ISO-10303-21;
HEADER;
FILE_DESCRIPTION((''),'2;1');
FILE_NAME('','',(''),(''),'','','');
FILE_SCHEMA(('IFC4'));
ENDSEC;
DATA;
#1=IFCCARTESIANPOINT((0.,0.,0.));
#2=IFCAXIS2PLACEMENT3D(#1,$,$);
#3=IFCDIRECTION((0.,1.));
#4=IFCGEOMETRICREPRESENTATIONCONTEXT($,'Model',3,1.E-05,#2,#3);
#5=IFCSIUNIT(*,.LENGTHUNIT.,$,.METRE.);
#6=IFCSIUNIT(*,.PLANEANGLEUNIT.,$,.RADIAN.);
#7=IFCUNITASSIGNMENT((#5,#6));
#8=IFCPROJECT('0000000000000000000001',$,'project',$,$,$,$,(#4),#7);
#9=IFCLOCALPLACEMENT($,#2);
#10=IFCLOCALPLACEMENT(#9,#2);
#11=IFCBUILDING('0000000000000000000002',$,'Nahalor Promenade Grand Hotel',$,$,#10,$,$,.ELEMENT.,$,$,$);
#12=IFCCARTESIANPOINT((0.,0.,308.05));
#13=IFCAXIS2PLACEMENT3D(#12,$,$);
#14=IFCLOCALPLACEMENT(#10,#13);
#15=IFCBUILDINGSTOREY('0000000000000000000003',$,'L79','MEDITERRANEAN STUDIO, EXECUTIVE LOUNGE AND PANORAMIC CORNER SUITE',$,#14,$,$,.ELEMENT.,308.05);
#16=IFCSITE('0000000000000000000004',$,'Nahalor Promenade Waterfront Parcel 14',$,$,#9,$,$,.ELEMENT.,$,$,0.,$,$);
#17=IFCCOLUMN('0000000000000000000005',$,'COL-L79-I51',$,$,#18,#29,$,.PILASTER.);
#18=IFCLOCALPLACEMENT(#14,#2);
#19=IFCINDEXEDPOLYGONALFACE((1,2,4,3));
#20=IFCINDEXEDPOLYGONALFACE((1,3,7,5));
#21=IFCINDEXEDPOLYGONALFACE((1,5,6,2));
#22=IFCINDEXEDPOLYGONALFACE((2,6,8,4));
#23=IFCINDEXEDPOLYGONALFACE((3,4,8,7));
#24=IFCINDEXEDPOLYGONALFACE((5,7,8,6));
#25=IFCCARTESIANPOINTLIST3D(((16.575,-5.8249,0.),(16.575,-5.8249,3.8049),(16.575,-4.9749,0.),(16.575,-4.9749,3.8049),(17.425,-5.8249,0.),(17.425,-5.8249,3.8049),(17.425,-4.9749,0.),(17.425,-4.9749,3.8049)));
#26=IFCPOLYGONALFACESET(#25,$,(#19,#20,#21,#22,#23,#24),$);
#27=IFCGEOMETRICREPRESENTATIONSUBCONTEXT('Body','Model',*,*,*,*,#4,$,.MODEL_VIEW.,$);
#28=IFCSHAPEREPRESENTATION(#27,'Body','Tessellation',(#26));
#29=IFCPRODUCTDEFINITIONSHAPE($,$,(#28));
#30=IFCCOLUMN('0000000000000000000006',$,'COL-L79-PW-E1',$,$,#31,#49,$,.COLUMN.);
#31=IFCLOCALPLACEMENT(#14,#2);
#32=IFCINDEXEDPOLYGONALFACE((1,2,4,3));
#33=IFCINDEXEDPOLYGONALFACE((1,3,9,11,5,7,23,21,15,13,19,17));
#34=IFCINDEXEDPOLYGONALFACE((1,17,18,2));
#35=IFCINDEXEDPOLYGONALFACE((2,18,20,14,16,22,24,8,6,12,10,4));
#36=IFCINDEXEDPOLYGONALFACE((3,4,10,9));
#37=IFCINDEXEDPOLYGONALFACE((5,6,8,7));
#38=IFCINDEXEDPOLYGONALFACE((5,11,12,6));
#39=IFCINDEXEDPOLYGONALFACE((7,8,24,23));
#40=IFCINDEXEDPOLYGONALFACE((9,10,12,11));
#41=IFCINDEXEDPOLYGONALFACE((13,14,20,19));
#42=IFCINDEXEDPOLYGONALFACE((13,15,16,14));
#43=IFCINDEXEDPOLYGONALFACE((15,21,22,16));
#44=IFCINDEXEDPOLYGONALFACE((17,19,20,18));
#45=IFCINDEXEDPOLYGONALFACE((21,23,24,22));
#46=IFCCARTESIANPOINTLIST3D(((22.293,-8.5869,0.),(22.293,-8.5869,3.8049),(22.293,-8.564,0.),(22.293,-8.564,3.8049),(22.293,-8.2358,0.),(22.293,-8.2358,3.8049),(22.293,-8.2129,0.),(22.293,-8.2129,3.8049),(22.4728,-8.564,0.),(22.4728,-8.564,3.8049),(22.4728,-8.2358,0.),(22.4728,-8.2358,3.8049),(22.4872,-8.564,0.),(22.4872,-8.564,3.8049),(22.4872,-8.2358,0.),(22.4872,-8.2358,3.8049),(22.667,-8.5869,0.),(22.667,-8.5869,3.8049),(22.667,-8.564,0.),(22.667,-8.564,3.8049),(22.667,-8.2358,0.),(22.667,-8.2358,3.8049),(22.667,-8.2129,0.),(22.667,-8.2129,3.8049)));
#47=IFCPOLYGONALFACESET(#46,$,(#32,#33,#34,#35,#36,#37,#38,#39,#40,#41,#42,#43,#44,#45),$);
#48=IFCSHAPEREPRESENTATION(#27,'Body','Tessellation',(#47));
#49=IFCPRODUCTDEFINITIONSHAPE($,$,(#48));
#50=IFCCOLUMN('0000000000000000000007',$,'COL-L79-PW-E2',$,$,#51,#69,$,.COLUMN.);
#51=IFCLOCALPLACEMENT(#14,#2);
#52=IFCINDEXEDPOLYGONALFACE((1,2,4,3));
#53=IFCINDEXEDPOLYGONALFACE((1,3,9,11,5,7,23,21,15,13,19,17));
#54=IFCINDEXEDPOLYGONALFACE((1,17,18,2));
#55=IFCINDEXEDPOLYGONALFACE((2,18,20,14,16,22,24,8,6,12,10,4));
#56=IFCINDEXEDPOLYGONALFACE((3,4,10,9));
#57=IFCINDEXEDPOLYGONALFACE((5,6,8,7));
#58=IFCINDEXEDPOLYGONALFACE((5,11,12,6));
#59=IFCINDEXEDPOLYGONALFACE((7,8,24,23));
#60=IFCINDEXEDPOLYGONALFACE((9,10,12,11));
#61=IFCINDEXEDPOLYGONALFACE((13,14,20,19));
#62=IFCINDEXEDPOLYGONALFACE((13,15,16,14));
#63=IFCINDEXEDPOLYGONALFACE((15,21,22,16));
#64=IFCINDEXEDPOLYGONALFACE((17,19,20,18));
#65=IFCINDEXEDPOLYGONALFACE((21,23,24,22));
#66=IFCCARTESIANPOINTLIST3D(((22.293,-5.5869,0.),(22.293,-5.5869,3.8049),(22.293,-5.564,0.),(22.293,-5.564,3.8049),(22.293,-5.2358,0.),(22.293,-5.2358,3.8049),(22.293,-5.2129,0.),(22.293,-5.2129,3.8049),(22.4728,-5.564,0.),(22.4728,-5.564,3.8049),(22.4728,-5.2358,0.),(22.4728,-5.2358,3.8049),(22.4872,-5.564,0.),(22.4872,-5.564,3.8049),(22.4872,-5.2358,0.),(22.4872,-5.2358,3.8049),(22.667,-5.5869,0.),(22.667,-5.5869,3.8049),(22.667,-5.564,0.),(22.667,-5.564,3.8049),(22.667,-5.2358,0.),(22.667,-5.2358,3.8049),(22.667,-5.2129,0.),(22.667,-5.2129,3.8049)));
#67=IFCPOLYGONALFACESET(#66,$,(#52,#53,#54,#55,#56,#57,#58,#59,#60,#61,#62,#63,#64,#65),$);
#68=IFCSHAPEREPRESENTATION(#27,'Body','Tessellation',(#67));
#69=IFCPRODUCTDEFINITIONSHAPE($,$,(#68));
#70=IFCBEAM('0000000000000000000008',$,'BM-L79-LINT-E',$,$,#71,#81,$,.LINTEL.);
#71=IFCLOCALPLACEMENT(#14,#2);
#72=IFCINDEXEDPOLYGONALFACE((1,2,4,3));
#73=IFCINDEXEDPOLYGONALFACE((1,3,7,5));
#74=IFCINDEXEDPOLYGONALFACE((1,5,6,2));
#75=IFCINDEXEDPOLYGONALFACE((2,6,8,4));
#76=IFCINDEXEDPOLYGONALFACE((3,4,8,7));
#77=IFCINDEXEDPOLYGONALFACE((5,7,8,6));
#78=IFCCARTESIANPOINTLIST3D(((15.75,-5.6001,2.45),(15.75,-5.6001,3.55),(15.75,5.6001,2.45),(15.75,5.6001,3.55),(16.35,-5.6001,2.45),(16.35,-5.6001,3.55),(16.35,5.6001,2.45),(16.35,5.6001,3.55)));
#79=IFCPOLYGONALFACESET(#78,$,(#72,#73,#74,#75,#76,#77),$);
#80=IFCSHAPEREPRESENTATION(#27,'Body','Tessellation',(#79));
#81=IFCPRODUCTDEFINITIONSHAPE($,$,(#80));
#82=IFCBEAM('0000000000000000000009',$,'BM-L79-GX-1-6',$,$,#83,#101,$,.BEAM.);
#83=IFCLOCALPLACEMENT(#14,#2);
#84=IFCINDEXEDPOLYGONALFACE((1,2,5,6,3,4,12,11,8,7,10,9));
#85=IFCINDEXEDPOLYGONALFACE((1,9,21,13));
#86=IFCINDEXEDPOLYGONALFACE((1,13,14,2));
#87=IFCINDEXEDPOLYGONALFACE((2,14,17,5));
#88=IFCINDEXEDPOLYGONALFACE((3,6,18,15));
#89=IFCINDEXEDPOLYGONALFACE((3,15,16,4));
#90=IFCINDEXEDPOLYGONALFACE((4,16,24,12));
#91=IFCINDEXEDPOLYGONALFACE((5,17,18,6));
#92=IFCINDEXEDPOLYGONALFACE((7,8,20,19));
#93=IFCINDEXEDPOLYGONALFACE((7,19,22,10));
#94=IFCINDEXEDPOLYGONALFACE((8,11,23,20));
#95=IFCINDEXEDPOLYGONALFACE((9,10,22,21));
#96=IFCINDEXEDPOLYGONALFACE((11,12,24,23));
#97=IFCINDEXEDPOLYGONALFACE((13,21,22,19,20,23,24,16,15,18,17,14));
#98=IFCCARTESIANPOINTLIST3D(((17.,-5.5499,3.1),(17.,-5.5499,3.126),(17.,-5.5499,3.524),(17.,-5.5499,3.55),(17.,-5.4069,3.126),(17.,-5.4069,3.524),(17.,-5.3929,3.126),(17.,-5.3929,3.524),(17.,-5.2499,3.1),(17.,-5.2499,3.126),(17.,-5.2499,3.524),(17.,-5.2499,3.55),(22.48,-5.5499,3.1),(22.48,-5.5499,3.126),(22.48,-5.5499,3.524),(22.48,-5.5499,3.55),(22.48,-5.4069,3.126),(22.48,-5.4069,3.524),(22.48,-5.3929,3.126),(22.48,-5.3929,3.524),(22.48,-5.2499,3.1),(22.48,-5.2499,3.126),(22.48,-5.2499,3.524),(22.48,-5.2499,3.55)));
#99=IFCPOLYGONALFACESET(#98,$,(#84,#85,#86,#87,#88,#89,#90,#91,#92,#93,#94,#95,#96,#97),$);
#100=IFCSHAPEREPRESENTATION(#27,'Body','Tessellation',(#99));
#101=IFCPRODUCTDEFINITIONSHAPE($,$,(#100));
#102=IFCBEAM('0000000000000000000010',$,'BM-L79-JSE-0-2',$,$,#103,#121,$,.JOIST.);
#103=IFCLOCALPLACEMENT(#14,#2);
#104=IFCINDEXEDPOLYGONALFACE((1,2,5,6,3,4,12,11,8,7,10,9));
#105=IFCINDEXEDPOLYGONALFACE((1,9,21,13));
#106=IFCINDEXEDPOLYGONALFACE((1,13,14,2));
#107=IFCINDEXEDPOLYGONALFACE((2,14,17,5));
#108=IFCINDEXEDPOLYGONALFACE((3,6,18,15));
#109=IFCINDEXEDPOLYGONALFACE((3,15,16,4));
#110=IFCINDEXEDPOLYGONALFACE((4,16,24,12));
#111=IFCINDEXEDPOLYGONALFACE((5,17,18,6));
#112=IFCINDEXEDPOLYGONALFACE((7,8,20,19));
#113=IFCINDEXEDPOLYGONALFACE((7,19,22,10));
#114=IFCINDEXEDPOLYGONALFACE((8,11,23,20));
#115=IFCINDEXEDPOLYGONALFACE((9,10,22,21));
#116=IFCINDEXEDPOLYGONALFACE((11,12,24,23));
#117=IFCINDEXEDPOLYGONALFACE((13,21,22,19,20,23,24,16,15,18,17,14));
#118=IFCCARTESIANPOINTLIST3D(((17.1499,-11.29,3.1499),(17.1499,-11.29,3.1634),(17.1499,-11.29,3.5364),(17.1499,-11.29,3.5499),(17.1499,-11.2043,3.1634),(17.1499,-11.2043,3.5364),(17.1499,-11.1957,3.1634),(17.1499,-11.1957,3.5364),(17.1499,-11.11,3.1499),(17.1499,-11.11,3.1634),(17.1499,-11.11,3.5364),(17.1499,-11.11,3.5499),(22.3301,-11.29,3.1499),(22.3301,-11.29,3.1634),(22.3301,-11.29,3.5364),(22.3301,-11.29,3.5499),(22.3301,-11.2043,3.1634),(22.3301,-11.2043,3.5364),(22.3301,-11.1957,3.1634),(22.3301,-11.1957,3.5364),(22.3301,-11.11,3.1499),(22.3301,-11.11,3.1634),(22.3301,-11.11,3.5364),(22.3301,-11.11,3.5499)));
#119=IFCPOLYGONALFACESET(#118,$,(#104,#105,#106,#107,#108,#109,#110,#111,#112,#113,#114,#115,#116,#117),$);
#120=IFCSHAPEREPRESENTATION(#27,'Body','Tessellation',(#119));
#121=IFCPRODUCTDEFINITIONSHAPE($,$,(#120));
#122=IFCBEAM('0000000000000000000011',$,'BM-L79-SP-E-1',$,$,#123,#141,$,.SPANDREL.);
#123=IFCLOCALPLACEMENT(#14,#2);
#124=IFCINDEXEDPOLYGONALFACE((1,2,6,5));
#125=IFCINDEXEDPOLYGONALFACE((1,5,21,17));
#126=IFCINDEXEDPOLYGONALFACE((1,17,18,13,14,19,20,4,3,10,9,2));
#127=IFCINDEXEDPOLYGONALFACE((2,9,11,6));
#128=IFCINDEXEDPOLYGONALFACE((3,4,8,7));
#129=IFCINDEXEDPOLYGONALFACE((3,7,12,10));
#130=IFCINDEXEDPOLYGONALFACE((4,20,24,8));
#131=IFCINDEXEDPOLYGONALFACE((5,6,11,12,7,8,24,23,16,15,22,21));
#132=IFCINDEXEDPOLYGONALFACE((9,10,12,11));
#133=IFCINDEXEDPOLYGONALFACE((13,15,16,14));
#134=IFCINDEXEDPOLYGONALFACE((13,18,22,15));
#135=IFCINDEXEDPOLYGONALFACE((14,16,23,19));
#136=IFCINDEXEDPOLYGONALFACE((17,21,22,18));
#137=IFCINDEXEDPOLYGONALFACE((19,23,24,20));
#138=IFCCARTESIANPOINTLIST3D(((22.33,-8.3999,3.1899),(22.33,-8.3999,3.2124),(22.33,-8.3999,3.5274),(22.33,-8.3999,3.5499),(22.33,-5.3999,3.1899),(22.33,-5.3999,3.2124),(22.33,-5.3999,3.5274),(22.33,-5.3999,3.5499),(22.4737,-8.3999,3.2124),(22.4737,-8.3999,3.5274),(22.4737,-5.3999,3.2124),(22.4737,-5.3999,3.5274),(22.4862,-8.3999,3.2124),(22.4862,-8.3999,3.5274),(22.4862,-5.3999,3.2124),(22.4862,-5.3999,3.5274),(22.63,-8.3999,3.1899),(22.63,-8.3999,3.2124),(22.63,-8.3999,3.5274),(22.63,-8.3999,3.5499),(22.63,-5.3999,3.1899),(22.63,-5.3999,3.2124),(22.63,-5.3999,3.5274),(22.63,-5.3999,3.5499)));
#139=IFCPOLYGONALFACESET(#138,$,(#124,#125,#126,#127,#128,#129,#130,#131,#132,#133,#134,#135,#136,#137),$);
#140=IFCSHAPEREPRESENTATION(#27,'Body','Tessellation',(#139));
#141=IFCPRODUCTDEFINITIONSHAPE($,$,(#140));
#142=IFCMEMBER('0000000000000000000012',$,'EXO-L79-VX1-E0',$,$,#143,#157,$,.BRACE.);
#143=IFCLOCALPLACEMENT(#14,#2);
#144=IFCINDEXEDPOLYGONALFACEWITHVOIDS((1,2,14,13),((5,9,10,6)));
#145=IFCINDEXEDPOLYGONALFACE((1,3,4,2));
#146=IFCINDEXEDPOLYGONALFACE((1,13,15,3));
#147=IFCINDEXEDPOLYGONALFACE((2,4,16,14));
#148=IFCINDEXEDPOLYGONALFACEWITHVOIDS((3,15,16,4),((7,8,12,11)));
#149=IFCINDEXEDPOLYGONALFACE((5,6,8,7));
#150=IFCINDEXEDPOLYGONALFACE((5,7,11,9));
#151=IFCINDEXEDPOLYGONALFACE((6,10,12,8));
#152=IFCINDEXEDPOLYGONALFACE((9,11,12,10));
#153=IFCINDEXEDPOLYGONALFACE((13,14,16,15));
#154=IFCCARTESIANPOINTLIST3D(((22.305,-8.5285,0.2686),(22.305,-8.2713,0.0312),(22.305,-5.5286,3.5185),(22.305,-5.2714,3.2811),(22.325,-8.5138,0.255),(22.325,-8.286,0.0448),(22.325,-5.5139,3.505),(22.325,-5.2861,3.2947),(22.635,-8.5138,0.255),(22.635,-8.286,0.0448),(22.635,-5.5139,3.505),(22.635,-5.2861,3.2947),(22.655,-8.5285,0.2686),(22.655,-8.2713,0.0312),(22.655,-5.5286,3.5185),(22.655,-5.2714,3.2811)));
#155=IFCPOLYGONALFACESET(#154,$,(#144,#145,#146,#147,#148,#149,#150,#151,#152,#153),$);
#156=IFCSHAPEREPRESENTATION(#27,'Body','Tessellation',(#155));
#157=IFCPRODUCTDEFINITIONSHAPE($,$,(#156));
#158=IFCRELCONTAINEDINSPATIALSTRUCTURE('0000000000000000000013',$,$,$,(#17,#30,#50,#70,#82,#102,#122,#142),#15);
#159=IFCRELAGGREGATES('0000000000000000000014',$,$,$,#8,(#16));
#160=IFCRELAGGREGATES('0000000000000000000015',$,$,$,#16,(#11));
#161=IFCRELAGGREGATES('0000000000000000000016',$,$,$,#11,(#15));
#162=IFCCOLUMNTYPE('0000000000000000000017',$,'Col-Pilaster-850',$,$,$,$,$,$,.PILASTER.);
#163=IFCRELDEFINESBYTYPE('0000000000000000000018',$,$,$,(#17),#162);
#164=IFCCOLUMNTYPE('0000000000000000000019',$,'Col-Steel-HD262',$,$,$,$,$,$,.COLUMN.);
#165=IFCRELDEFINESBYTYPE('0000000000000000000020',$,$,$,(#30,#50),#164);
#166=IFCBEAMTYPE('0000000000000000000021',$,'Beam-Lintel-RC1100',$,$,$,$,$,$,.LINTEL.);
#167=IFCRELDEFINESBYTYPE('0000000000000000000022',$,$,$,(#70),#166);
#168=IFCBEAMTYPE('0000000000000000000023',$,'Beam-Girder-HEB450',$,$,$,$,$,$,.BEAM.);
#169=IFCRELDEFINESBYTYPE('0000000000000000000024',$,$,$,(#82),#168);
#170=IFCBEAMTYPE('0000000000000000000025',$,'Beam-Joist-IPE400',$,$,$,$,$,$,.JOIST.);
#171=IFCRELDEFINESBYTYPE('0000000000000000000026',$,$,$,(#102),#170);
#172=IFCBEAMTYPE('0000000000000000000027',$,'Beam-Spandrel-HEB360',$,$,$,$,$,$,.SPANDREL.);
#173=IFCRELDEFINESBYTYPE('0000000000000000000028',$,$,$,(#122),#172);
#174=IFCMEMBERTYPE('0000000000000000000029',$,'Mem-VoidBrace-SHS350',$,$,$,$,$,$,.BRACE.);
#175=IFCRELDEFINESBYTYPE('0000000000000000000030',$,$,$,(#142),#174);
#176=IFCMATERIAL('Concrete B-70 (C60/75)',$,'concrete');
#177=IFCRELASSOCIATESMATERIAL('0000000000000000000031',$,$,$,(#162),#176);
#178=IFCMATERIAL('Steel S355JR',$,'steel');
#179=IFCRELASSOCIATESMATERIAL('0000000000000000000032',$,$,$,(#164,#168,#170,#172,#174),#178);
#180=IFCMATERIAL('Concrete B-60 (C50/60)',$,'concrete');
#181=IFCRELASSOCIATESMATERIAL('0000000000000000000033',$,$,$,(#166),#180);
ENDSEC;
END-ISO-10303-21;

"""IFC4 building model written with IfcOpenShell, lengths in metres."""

from ifc_helpers import new_model, si_unit, direction, frame, origin, origin_2d, place, context, subcontext, project, spatial, rectangle, hollow_rectangle, i_section, extrude, source, transform, mapped, material, material_profile, profile_set, type_object, element, save


model = new_model("IFC4")

# Units and contexts
model_context = context("Model", 3, precision=1e-05, world=origin(), true_north=direction((0.0, 1.0)))
body_context = subcontext(model_context, "Body", "Model", "MODEL_VIEW")
ifc_project = project(units=[si_unit("LENGTHUNIT", "METRE"), si_unit("PLANEANGLEUNIT", "RADIAN")], contexts=[model_context])

# Site, building, storey
site_placement = place(None, origin())
site = spatial("IfcSite", under=ifc_project, at=site_placement, Name="Nahalor Promenade Waterfront Parcel 14", CompositionType="ELEMENT", RefElevation=0.0)
building_placement = place(site_placement, origin())
building = spatial("IfcBuilding", under=site, at=building_placement, Name="Nahalor Promenade Grand Hotel", CompositionType="ELEMENT")
storey_placement = place(building_placement, frame((0.0, 0.0, 308.05)))
storey = spatial("IfcBuildingStorey", under=building, at=storey_placement, Name="L79", Description="MEDITERRANEAN STUDIO, EXECUTIVE LOUNGE AND PANORAMIC CORNER SUITE", CompositionType="ELEMENT", Elevation=308.05)

# Columns
ifc_material_1 = material(Name="Concrete B-70 (C60/75)", Category="concrete")
ifc_material_profile_1 = material_profile(ifc_material_1, rectangle(XDim=0.85, YDim=0.85, at=origin_2d()), Name="RC 850x850")
ifc_profile_set_1 = profile_set([ifc_material_profile_1], Name="Concrete B-70 (C60/75)")
column_type_1 = type_object("IfcColumnType", Name="Col-Pilaster-850", PredefinedType="PILASTER", material=ifc_profile_set_1)
shared_shape_1 = source(origin(), body_context, "Body", "SweptSolid", [
    extrude(rectangle(XDim=0.85, YDim=0.85, at=origin_2d()), origin(), (0.0, 0.0, 1.0), 3.8049),
])
column_placement = place(storey_placement, frame((17.0, -5.3999, 0.0), z_axis=(0.0, 0.0, 1.0), x_axis=(1.0, 0.0, 0.0)))
element("IfcColumn", 1, at=column_placement, inside=storey, type_object=column_type_1, Name="COL-L79-I51", PredefinedType="PILASTER", context=body_context, shape_type="MappedRepresentation", body=[
    mapped(shared_shape_1, transform((0.0, 0.0, 0.0), scale=1.0)),
])
ifc_material_2 = material(Name="Steel S355JR", Category="steel")
ifc_material_profile_2 = material_profile(ifc_material_2, i_section(OverallWidth=0.374, OverallDepth=0.374, WebThickness=0.0144, FlangeThickness=0.0229, at=origin_2d()), Name="HD 360x262")
ifc_profile_set_2 = profile_set([ifc_material_profile_2], Name="Steel S355JR")
column_type_2 = type_object("IfcColumnType", Name="Col-Steel-HD262", PredefinedType="COLUMN", material=ifc_profile_set_2)
shared_shape_2 = source(origin(), body_context, "Body", "SweptSolid", [
    extrude(i_section(OverallWidth=0.374, OverallDepth=0.374, WebThickness=0.0144, FlangeThickness=0.0229, at=origin_2d()), origin(), (0.0, 0.0, 1.0), 3.8049),
])
for number, where, z_axis, x_axis, name in (
    (2, (22.48, -8.3999, 0.0), (0.0, 0.0, 1.0), (1.0, 0.0, 0.0), "COL-L79-PW-E1"),
    (3, (22.48, -5.3999, 0.0), (0.0, 0.0, 1.0), (1.0, 0.0, 0.0), "COL-L79-PW-E2"),
):
    element("IfcColumn", number, at=place(storey_placement, frame(where, z_axis=z_axis, x_axis=x_axis)), inside=storey, type_object=column_type_2, Name=name, PredefinedType="COLUMN", context=body_context, shape_type="MappedRepresentation", body=[
        mapped(shared_shape_2, transform((0.0, 0.0, 0.0), scale=1.0)),
    ])

# Beams
ifc_material_3 = material(Name="Concrete B-60 (C50/60)", Category="concrete")
ifc_material_profile_3 = material_profile(ifc_material_3, rectangle(XDim=0.6, YDim=1.1, at=origin_2d()), Name="RC 600x1100")
ifc_profile_set_3 = profile_set([ifc_material_profile_3], Name="Concrete B-60 (C50/60)")
beam_type_1 = type_object("IfcBeamType", Name="Beam-Lintel-RC1100", PredefinedType="LINTEL", material=ifc_profile_set_3)
shared_shape_3 = source(origin(), body_context, "Body", "SweptSolid", [
    extrude(rectangle(XDim=0.6, YDim=1.1, at=origin_2d()), origin(), (0.0, 0.0, 1.0), 11.2002),
])
beam_1_placement = place(storey_placement, frame((16.05, -5.6001, 3.0), z_axis=(0.0, 1.0, 0.0), x_axis=(-1.0, 0.0, 0.0)))
element("IfcBeam", 4, at=beam_1_placement, inside=storey, type_object=beam_type_1, Name="BM-L79-LINT-E", PredefinedType="LINTEL", context=body_context, shape_type="MappedRepresentation", body=[
    mapped(shared_shape_3, transform((0.0, 0.0, 0.0), scale=1.0)),
])
ifc_material_profile_4 = material_profile(ifc_material_2, i_section(OverallWidth=0.3, OverallDepth=0.45, WebThickness=0.014, FlangeThickness=0.026, at=origin_2d()), Name="HEB 450")
ifc_profile_set_4 = profile_set([ifc_material_profile_4], Name="Steel S355JR")
beam_type_2 = type_object("IfcBeamType", Name="Beam-Girder-HEB450", PredefinedType="BEAM", material=ifc_profile_set_4)
shared_shape_4 = source(origin(), body_context, "Body", "SweptSolid", [
    extrude(i_section(OverallWidth=0.3, OverallDepth=0.45, WebThickness=0.014, FlangeThickness=0.026, at=origin_2d()), origin(), (0.0, 0.0, 1.0), 5.48),
])
beam_2_placement = place(storey_placement, frame((17.0, -5.3999, 3.325), z_axis=(1.0, 0.0, 0.0), x_axis=(0.0, 1.0, 0.0)))
element("IfcBeam", 5, at=beam_2_placement, inside=storey, type_object=beam_type_2, Name="BM-L79-GX-1-6", PredefinedType="BEAM", context=body_context, shape_type="MappedRepresentation", body=[
    mapped(shared_shape_4, transform((0.0, 0.0, 0.0), scale=1.0)),
])
ifc_material_profile_5 = material_profile(ifc_material_2, i_section(OverallWidth=0.18, OverallDepth=0.4, WebThickness=0.0086, FlangeThickness=0.0135, at=origin_2d()), Name="IPE 400")
ifc_profile_set_5 = profile_set([ifc_material_profile_5], Name="Steel S355JR")
beam_type_3 = type_object("IfcBeamType", Name="Beam-Joist-IPE400", PredefinedType="JOIST", material=ifc_profile_set_5)
shared_shape_5 = source(origin(), body_context, "Body", "SweptSolid", [
    extrude(i_section(OverallWidth=0.18, OverallDepth=0.4, WebThickness=0.0086, FlangeThickness=0.0135, at=origin_2d()), origin(), (0.0, 0.0, 1.0), 5.1802),
])
beam_3_placement = place(storey_placement, frame((17.1499, -11.2, 3.3499), z_axis=(1.0, 0.0, 0.0), x_axis=(0.0, 1.0, 0.0)))
element("IfcBeam", 6, at=beam_3_placement, inside=storey, type_object=beam_type_3, Name="BM-L79-JSE-0-2", PredefinedType="JOIST", context=body_context, shape_type="MappedRepresentation", body=[
    mapped(shared_shape_5, transform((0.0, 0.0, 0.0), scale=1.0)),
])
ifc_material_profile_6 = material_profile(ifc_material_2, i_section(OverallWidth=0.3, OverallDepth=0.36, WebThickness=0.0125, FlangeThickness=0.0225, at=origin_2d()), Name="HEB 360")
ifc_profile_set_6 = profile_set([ifc_material_profile_6], Name="Steel S355JR")
beam_type_4 = type_object("IfcBeamType", Name="Beam-Spandrel-HEB360", PredefinedType="SPANDREL", material=ifc_profile_set_6)
shared_shape_6 = source(origin(), body_context, "Body", "SweptSolid", [
    extrude(i_section(OverallWidth=0.3, OverallDepth=0.36, WebThickness=0.0125, FlangeThickness=0.0225, at=origin_2d()), origin(), (0.0, 0.0, 1.0), 3.0),
])
beam_4_placement = place(storey_placement, frame((22.48, -8.3999, 3.3699), z_axis=(0.0, 1.0, 0.0), x_axis=(-1.0, 0.0, 0.0)))
element("IfcBeam", 7, at=beam_4_placement, inside=storey, type_object=beam_type_4, Name="BM-L79-SP-E-1", PredefinedType="SPANDREL", context=body_context, shape_type="MappedRepresentation", body=[
    mapped(shared_shape_6, transform((0.0, 0.0, 0.0), scale=1.0)),
])

# Member
ifc_material_profile_7 = material_profile(ifc_material_2, hollow_rectangle(XDim=0.35, YDim=0.35, WallThickness=0.02, at=origin_2d()), Name="SHS 350x350x20")
ifc_profile_set_7 = profile_set([ifc_material_profile_7], Name="Steel S355JR")
member_type_1 = type_object("IfcMemberType", Name="Mem-VoidBrace-SHS350", PredefinedType="BRACE", material=ifc_profile_set_7)
shared_shape_7 = source(origin(), body_context, "Body", "SweptSolid", [
    extrude(hollow_rectangle(XDim=0.35, YDim=0.35, WallThickness=0.02, at=origin_2d()), origin(), (0.0, 0.0, 1.0), 4.4229),
])
member_1_placement = place(storey_placement, frame((22.48, -8.3999, 0.1499), z_axis=(0.0, 0.67828, 0.734803), x_axis=(-1.0, 0.0, 0.0)))
element("IfcMember", 8, at=member_1_placement, inside=storey, type_object=member_type_1, Name="EXO-L79-VX1-E0", PredefinedType="BRACE", context=body_context, shape_type="MappedRepresentation", body=[
    mapped(shared_shape_7, transform((0.0, 0.0, 0.0), scale=1.0)),
])

save(model, "model.ifc")
